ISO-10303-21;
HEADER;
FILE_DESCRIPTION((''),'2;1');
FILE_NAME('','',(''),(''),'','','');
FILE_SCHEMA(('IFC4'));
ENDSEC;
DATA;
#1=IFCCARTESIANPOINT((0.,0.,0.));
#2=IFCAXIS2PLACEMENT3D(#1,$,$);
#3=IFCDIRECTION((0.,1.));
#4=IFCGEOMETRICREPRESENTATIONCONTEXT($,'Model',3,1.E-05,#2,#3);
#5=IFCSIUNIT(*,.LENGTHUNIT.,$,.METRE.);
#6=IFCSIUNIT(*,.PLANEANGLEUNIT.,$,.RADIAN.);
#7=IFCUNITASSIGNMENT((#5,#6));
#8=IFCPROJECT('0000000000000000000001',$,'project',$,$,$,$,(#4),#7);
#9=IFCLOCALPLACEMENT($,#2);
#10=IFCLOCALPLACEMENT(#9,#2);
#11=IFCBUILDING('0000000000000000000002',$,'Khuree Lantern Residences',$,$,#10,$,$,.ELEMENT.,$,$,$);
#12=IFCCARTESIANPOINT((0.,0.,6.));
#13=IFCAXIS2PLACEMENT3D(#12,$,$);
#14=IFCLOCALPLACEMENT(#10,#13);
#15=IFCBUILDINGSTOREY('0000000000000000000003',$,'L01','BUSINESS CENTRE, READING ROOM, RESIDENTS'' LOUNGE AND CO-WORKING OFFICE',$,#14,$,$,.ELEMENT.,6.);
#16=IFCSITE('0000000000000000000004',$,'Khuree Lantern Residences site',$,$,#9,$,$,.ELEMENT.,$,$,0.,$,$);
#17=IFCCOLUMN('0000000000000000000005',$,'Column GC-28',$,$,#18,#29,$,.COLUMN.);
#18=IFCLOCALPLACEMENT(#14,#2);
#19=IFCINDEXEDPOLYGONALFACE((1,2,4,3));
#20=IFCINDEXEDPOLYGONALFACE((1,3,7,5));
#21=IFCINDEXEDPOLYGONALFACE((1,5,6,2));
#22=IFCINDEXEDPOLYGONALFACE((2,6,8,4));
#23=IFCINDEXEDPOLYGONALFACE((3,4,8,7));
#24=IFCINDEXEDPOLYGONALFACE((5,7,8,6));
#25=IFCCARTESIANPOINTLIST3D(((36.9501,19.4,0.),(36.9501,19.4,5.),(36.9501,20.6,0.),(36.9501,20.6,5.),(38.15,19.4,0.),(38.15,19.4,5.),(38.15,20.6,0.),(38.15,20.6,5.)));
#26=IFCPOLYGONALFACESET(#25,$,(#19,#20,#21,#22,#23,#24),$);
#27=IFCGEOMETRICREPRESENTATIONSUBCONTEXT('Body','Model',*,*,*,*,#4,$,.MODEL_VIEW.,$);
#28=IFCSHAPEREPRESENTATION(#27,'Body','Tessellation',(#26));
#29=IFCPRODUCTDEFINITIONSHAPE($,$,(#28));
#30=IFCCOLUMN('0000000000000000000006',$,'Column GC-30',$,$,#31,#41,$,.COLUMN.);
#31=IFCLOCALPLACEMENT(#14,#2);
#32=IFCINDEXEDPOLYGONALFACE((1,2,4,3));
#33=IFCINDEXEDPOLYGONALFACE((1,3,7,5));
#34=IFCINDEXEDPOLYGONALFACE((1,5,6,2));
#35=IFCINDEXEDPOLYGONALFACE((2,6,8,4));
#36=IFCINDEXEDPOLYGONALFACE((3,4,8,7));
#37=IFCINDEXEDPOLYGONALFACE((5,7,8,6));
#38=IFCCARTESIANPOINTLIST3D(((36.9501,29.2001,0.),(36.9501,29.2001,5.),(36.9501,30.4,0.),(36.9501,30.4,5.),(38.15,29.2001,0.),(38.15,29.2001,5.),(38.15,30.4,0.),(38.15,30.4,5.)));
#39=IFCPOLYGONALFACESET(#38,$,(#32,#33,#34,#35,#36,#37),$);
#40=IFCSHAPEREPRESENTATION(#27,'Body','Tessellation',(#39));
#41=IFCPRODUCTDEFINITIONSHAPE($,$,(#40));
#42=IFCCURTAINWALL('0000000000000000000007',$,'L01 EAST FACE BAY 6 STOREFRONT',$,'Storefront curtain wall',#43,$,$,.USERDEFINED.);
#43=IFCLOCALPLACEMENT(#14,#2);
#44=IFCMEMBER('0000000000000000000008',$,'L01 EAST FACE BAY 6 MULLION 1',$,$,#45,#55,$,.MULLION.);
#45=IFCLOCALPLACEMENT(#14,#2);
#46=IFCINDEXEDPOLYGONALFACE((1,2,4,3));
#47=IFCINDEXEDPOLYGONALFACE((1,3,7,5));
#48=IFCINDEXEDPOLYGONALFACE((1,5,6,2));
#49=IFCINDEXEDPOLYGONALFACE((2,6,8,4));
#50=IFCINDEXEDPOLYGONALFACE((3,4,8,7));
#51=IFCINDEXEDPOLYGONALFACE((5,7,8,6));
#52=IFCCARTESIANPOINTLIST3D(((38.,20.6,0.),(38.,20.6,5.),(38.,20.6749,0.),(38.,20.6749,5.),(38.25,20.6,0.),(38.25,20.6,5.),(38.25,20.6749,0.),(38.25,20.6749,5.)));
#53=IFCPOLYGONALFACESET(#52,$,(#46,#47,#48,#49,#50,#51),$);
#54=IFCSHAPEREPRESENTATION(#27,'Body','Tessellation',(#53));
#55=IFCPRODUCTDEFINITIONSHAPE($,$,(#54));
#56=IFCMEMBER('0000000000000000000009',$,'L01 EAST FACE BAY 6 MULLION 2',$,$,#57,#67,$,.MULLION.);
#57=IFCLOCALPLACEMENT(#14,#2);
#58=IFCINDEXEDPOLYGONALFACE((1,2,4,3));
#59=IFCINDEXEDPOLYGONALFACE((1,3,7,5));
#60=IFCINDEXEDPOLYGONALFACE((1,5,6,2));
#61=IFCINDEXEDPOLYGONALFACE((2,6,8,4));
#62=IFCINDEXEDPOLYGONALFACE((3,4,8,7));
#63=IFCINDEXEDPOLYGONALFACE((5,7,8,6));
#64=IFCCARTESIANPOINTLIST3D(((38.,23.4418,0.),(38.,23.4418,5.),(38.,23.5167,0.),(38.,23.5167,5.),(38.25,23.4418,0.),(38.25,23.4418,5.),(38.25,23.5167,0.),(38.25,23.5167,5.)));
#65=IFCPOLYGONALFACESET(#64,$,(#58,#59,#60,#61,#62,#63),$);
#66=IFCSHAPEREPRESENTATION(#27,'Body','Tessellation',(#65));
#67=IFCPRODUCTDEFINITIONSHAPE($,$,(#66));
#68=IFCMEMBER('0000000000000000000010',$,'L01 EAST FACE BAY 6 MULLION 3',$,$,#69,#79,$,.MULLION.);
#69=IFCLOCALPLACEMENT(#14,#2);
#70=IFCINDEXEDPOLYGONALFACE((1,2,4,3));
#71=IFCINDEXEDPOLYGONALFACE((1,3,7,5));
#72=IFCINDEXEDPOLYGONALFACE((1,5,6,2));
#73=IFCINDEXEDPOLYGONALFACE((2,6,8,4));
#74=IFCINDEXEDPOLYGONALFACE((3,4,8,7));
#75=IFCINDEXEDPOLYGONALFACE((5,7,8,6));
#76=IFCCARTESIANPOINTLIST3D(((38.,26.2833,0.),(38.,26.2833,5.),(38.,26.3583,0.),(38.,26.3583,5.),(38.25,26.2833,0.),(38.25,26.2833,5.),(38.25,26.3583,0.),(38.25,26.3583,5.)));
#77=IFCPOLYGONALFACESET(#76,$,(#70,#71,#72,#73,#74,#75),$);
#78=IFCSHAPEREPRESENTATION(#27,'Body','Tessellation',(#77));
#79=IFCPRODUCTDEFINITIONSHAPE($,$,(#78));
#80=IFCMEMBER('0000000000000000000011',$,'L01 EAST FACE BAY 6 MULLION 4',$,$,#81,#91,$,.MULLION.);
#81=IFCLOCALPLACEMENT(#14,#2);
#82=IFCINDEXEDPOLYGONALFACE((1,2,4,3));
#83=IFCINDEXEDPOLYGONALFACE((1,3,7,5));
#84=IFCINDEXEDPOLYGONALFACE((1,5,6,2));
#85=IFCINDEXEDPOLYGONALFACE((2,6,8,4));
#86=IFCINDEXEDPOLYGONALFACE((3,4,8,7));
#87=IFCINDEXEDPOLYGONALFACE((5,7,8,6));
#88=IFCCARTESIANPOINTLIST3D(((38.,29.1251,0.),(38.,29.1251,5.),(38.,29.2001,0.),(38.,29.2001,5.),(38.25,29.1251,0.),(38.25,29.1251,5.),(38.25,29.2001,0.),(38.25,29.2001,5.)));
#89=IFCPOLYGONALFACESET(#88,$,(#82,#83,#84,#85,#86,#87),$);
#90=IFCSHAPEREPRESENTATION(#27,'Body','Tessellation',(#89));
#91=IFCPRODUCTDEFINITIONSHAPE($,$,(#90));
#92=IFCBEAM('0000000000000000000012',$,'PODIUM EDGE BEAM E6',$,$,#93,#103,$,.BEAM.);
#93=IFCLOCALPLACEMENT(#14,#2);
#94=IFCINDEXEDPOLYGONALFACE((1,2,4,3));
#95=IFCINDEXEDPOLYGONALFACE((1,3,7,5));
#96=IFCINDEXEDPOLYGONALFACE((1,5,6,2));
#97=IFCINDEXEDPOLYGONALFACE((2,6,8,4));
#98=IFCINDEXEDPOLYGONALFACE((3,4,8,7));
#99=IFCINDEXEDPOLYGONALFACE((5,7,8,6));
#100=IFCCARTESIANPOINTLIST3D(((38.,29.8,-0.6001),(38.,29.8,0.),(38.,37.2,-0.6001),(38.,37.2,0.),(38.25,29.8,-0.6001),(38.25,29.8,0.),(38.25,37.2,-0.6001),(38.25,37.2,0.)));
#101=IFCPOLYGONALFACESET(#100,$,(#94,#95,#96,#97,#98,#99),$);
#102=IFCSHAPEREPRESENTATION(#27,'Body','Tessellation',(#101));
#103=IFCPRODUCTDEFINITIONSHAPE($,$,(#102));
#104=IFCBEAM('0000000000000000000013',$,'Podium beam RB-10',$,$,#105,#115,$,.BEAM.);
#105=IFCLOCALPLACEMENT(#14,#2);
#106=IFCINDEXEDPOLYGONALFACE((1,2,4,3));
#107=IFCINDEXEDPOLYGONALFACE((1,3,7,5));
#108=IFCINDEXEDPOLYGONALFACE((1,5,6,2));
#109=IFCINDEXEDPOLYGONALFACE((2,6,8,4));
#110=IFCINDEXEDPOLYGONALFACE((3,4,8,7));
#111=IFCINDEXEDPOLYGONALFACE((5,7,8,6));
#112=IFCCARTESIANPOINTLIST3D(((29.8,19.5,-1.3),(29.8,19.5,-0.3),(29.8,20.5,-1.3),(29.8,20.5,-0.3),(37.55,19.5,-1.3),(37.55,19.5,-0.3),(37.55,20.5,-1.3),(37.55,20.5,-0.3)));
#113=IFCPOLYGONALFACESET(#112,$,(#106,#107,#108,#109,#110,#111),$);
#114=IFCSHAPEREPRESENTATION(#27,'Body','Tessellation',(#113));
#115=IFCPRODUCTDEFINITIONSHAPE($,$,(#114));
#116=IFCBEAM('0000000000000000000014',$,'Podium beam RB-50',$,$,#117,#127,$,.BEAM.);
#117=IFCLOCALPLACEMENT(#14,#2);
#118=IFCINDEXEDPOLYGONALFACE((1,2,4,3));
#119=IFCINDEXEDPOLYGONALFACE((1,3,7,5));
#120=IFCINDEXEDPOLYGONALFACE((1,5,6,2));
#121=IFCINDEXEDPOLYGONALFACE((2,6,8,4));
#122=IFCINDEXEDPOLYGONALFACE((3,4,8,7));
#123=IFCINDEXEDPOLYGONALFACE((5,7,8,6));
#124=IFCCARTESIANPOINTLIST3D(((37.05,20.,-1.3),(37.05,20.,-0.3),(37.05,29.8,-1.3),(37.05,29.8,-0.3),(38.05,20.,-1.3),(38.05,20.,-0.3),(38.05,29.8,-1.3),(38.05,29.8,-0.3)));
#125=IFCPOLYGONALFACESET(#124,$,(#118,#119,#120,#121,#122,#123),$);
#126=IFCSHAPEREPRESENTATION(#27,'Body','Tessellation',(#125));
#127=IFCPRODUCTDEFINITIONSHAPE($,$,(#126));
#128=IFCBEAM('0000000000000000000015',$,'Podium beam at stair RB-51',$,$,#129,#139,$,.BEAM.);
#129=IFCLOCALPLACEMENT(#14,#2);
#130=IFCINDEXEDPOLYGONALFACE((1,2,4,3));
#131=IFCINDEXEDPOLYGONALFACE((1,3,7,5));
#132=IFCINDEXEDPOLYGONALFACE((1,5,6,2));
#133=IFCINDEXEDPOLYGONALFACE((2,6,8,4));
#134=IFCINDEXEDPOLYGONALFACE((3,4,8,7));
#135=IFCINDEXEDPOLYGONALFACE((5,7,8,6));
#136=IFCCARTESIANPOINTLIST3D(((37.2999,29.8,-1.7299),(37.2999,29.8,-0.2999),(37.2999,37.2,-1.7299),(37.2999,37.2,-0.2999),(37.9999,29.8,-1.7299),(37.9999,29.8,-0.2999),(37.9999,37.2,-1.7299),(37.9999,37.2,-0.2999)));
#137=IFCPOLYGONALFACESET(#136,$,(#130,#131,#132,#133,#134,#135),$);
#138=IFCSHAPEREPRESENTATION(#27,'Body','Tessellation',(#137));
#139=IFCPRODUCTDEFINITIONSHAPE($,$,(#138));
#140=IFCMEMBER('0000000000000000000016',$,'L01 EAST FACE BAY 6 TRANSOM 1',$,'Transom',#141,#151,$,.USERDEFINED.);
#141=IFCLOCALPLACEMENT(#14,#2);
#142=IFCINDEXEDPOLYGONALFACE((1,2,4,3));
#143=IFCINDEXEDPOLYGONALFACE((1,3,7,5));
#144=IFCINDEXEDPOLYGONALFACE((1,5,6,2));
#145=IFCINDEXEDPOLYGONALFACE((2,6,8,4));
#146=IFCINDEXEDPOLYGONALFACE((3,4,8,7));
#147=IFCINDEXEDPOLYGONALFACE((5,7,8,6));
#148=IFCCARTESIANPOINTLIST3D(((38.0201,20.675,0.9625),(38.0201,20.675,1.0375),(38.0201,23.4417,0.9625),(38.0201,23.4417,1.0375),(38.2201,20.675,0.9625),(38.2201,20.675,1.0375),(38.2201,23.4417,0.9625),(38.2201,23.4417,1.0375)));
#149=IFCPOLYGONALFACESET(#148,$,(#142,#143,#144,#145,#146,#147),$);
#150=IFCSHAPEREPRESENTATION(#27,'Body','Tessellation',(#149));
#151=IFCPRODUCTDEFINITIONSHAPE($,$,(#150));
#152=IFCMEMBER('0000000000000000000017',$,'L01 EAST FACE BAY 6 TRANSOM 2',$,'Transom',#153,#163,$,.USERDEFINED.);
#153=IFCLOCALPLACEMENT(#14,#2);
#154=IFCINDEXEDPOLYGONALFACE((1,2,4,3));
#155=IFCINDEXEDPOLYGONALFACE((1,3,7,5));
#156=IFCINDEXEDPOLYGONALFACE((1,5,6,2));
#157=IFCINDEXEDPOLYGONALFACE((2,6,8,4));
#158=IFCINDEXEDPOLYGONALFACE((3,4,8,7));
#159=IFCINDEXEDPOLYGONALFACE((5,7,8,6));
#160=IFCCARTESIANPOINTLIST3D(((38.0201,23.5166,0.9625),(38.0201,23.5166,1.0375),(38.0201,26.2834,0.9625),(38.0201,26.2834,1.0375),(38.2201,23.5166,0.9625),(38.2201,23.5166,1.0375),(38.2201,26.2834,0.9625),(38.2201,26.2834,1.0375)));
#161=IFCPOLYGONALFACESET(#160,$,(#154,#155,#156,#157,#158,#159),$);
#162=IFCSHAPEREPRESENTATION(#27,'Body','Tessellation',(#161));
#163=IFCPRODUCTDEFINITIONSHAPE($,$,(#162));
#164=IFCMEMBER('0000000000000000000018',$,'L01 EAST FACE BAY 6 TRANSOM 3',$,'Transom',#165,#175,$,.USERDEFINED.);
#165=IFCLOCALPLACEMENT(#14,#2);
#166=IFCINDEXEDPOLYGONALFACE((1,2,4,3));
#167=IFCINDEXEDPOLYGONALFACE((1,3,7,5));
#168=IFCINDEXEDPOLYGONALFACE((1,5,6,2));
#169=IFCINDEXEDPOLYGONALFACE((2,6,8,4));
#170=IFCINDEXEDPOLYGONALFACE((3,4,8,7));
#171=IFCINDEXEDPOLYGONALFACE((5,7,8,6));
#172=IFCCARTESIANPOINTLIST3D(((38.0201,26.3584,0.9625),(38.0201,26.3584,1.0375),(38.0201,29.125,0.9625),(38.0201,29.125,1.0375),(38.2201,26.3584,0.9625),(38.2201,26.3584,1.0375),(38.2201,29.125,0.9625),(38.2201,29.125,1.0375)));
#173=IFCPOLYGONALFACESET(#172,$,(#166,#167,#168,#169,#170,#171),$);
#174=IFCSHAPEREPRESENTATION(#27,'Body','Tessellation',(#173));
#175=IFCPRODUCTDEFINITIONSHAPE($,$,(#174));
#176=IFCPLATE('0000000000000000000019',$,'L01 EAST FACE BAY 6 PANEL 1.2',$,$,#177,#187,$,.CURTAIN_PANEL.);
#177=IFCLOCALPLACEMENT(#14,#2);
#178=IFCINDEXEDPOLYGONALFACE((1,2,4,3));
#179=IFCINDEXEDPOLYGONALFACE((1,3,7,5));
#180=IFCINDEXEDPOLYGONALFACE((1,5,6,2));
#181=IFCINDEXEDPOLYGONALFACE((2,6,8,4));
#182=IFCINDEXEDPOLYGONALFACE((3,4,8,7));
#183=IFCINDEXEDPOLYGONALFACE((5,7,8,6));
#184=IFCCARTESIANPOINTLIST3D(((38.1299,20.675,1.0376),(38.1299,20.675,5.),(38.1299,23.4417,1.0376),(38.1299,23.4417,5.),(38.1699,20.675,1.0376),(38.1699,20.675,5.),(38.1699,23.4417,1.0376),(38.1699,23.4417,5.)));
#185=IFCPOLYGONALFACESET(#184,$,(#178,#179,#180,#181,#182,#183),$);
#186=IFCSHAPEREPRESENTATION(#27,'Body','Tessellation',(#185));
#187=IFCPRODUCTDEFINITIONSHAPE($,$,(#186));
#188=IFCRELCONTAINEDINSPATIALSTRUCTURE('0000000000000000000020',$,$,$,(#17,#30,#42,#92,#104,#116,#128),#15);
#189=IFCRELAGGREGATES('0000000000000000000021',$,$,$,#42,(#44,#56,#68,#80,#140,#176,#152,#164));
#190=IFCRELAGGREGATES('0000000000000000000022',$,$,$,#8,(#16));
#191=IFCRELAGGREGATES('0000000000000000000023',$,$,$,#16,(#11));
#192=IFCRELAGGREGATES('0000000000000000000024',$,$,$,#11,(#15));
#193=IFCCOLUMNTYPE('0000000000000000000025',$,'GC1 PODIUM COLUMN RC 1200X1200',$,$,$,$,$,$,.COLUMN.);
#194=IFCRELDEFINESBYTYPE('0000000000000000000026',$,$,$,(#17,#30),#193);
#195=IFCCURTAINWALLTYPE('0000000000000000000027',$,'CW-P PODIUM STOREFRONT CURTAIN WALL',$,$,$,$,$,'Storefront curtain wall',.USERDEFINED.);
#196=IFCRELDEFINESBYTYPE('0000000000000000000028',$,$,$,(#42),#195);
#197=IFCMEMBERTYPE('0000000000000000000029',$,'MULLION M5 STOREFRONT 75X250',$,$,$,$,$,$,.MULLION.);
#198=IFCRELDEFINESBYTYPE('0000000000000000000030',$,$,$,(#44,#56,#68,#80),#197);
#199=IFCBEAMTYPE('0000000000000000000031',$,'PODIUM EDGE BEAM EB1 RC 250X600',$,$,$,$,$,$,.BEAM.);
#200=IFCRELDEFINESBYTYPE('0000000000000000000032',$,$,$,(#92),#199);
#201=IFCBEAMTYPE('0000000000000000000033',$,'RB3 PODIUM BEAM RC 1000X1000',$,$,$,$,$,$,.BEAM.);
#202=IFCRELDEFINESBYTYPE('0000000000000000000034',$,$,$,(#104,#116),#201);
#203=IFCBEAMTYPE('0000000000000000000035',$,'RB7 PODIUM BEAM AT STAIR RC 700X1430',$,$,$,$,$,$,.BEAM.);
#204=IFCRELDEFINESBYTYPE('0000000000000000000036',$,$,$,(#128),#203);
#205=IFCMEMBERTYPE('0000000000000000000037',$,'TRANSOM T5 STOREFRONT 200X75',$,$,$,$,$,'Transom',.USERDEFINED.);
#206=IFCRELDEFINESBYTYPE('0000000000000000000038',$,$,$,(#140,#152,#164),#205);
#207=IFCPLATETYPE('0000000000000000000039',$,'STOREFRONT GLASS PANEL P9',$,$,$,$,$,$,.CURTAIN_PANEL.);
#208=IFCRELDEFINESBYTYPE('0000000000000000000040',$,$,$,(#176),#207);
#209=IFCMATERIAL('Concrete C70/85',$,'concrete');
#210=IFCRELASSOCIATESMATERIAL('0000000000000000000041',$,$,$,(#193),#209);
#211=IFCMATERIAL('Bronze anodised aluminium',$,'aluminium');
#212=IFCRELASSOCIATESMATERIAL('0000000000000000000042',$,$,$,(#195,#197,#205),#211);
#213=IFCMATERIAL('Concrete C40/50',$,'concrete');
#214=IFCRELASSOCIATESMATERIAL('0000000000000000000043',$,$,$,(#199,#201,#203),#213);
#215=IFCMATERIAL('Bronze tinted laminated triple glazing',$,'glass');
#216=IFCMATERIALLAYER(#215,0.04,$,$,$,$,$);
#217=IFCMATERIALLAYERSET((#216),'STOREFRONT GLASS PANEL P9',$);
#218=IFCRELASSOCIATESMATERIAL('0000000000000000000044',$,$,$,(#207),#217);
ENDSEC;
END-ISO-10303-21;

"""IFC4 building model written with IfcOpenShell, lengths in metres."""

from ifc_helpers import new_model, si_unit, direction, frame, origin, origin_2d, place, context, subcontext, project, spatial, rectangle, extrude, material, layer, layer_set, material_profile, profile_set, type_object, element, aggregate, save


model = new_model("IFC4")

# Units and contexts
model_context = context("Model", 3, precision=1e-05, world=origin(), true_north=direction((0.0, 1.0)))
body_context = subcontext(model_context, "Body", "Model", "MODEL_VIEW")
ifc_project = project(units=[si_unit("LENGTHUNIT", "METRE"), si_unit("PLANEANGLEUNIT", "RADIAN")], contexts=[model_context])

# Site, building, storey
site_placement = place(None, origin())
site = spatial("IfcSite", under=ifc_project, at=site_placement, Name="Khuree Lantern Residences site", CompositionType="ELEMENT", RefElevation=0.0)
building_placement = place(site_placement, origin())
building = spatial("IfcBuilding", under=site, at=building_placement, Name="Khuree Lantern Residences", CompositionType="ELEMENT")
storey_placement = place(building_placement, frame((0.0, 0.0, 6.0)))
storey = spatial("IfcBuildingStorey", under=building, at=storey_placement, Name="L01", Description="BUSINESS CENTRE, READING ROOM, RESIDENTS' LOUNGE AND CO-WORKING OFFICE", CompositionType="ELEMENT", Elevation=6.0)

# Columns
ifc_material_1 = material(Name="Concrete C70/85", Category="concrete")
ifc_material_profile_1 = material_profile(ifc_material_1, rectangle(XDim=1.2, YDim=1.2, at=origin_2d()), Name="RC 1200X1200")
ifc_profile_set_1 = profile_set([ifc_material_profile_1], Name="Concrete C70/85")
column_type = type_object("IfcColumnType", Name="GC1 PODIUM COLUMN RC 1200X1200", PredefinedType="COLUMN", material=ifc_profile_set_1)
for number, where, z_axis, x_axis, name in (
    (1, (37.55, 20.0, 0.0), (0.0, 0.0, 1.0), (1.0, 0.0, 0.0), "Column GC-28"),
    (2, (37.55, 29.8, 0.0), (0.0, 0.0, 1.0), (1.0, 0.0, 0.0), "Column GC-30"),
):
    element("IfcColumn", number, at=place(storey_placement, frame(where, z_axis=z_axis, x_axis=x_axis)), inside=storey, type_object=column_type, Name=name, PredefinedType="COLUMN", context=body_context, shape_type="SweptSolid", body=[
        extrude(rectangle(XDim=1.2, YDim=1.2, at=origin_2d()), origin(), (0.0, 0.0, 1.0), 5.0),
    ])

# Curtain wall, members
ifc_material_2 = material(Name="Bronze anodised aluminium", Category="aluminium")
curtain_wall_type = type_object("IfcCurtainWallType", Name="CW-P PODIUM STOREFRONT CURTAIN WALL", ElementType="Storefront curtain wall", PredefinedType="USERDEFINED", material=ifc_material_2)
curtain_wall_placement = place(storey_placement, origin())
curtain_wall = element("IfcCurtainWall", 3, at=curtain_wall_placement, inside=storey, type_object=curtain_wall_type, Name="L01 EAST FACE BAY 6 STOREFRONT", ObjectType="Storefront curtain wall", PredefinedType="USERDEFINED")
ifc_material_profile_2 = material_profile(ifc_material_2, rectangle(XDim=0.075, YDim=0.25, at=origin_2d()), Name="M5 75X250")
ifc_profile_set_2 = profile_set([ifc_material_profile_2], Name="Bronze anodised aluminium")
member_type_1 = type_object("IfcMemberType", Name="MULLION M5 STOREFRONT 75X250", PredefinedType="MULLION", material=ifc_profile_set_2)
member_1_placement = place(storey_placement, frame((38.125, 20.6375, 0.0), z_axis=(0.0, 0.0, 1.0), x_axis=(0.0, 1.0, 0.0)))
member_1 = element("IfcMember", 4, at=member_1_placement, type_object=member_type_1, Name="L01 EAST FACE BAY 6 MULLION 1", PredefinedType="MULLION", context=body_context, shape_type="SweptSolid", body=[
    extrude(rectangle(XDim=0.075, YDim=0.25, at=origin_2d()), origin(), (0.0, 0.0, 1.0), 5.0),
])
member_2_placement = place(storey_placement, frame((38.125, 23.4792, 0.0), z_axis=(0.0, 0.0, 1.0), x_axis=(0.0, 1.0, 0.0)))
member_2 = element("IfcMember", 5, at=member_2_placement, type_object=member_type_1, Name="L01 EAST FACE BAY 6 MULLION 2", PredefinedType="MULLION", context=body_context, shape_type="SweptSolid", body=[
    extrude(rectangle(XDim=0.075, YDim=0.25, at=origin_2d()), origin(), (0.0, 0.0, 1.0), 5.0),
])
member_3_placement = place(storey_placement, frame((38.125, 26.3208, 0.0), z_axis=(0.0, 0.0, 1.0), x_axis=(0.0, 1.0, 0.0)))
member_3 = element("IfcMember", 6, at=member_3_placement, type_object=member_type_1, Name="L01 EAST FACE BAY 6 MULLION 3", PredefinedType="MULLION", context=body_context, shape_type="SweptSolid", body=[
    extrude(rectangle(XDim=0.075, YDim=0.25, at=origin_2d()), origin(), (0.0, 0.0, 1.0), 5.0),
])
member_4_placement = place(storey_placement, frame((38.125, 29.1626, 0.0), z_axis=(0.0, 0.0, 1.0), x_axis=(0.0, 1.0, 0.0)))
member_4 = element("IfcMember", 7, at=member_4_placement, type_object=member_type_1, Name="L01 EAST FACE BAY 6 MULLION 4", PredefinedType="MULLION", context=body_context, shape_type="SweptSolid", body=[
    extrude(rectangle(XDim=0.075, YDim=0.25, at=origin_2d()), origin(), (0.0, 0.0, 1.0), 5.0),
])

# Beams
ifc_material_3 = material(Name="Concrete C40/50", Category="concrete")
ifc_material_profile_3 = material_profile(ifc_material_3, rectangle(XDim=0.25, YDim=0.6001, at=origin_2d()), Name="RC 250X600")
ifc_profile_set_3 = profile_set([ifc_material_profile_3], Name="Concrete C40/50")
beam_type_1 = type_object("IfcBeamType", Name="PODIUM EDGE BEAM EB1 RC 250X600", PredefinedType="BEAM", material=ifc_profile_set_3)
beam_1_placement = place(storey_placement, frame((38.125, 29.8, -0.3), z_axis=(0.0, 1.0, 0.0), x_axis=(-1.0, 0.0, 0.0)))
element("IfcBeam", 8, at=beam_1_placement, inside=storey, type_object=beam_type_1, Name="PODIUM EDGE BEAM E6", PredefinedType="BEAM", context=body_context, shape_type="SweptSolid", body=[
    extrude(rectangle(XDim=0.25, YDim=0.6001, at=origin_2d()), origin(), (0.0, 0.0, 1.0), 7.3999),
])
ifc_material_profile_4 = material_profile(ifc_material_3, rectangle(XDim=1.0, YDim=1.0, at=origin_2d()), Name="RC 1000X1000")
ifc_profile_set_4 = profile_set([ifc_material_profile_4], Name="Concrete C40/50")
beam_type_2 = type_object("IfcBeamType", Name="RB3 PODIUM BEAM RC 1000X1000", PredefinedType="BEAM", material=ifc_profile_set_4)
beam_2_placement = place(storey_placement, frame((29.8, 20.0, -0.8), z_axis=(1.0, 0.0, 0.0), x_axis=(0.0, 1.0, 0.0)))
element("IfcBeam", 9, at=beam_2_placement, inside=storey, type_object=beam_type_2, Name="Podium beam RB-10", PredefinedType="BEAM", context=body_context, shape_type="SweptSolid", body=[
    extrude(rectangle(XDim=1.0, YDim=1.0, at=origin_2d()), origin(), (0.0, 0.0, 1.0), 7.75),
])
beam_3_placement = place(storey_placement, frame((37.55, 20.0, -0.8), z_axis=(0.0, 1.0, 0.0), x_axis=(-1.0, 0.0, 0.0)))
element("IfcBeam", 10, at=beam_3_placement, inside=storey, type_object=beam_type_2, Name="Podium beam RB-50", PredefinedType="BEAM", context=body_context, shape_type="SweptSolid", body=[
    extrude(rectangle(XDim=1.0, YDim=1.0, at=origin_2d()), origin(), (0.0, 0.0, 1.0), 9.8),
])
ifc_material_profile_5 = material_profile(ifc_material_3, rectangle(XDim=0.7, YDim=1.4299, at=origin_2d()), Name="RC 700X1430")
ifc_profile_set_5 = profile_set([ifc_material_profile_5], Name="Concrete C40/50")
beam_type_3 = type_object("IfcBeamType", Name="RB7 PODIUM BEAM AT STAIR RC 700X1430", PredefinedType="BEAM", material=ifc_profile_set_5)
beam_4_placement = place(storey_placement, frame((37.6499, 29.8, -1.0149), z_axis=(0.0, 1.0, 0.0), x_axis=(-1.0, 0.0, 0.0)))
element("IfcBeam", 11, at=beam_4_placement, inside=storey, type_object=beam_type_3, Name="Podium beam at stair RB-51", PredefinedType="BEAM", context=body_context, shape_type="SweptSolid", body=[
    extrude(rectangle(XDim=0.7, YDim=1.4299, at=origin_2d()), origin(), (0.0, 0.0, 1.0), 7.3999),
])

# Members
ifc_material_profile_6 = material_profile(ifc_material_2, rectangle(XDim=0.2, YDim=0.075, at=origin_2d()), Name="T5 200X75")
ifc_profile_set_6 = profile_set([ifc_material_profile_6], Name="Bronze anodised aluminium")
member_type_2 = type_object("IfcMemberType", Name="TRANSOM T5 STOREFRONT 200X75", ElementType="Transom", PredefinedType="USERDEFINED", material=ifc_profile_set_6)
member_5_placement = place(storey_placement, frame((38.1201, 20.675, 1.0), z_axis=(0.0, 1.0, 0.0), x_axis=(-1.0, 0.0, 0.0)))
member_5 = element("IfcMember", 12, at=member_5_placement, type_object=member_type_2, Name="L01 EAST FACE BAY 6 TRANSOM 1", ObjectType="Transom", PredefinedType="USERDEFINED", context=body_context, shape_type="SweptSolid", body=[
    extrude(rectangle(XDim=0.2, YDim=0.075, at=origin_2d()), origin(), (0.0, 0.0, 1.0), 2.7666),
])
member_6_placement = place(storey_placement, frame((38.1201, 23.5166, 1.0), z_axis=(0.0, 1.0, 0.0), x_axis=(-1.0, 0.0, 0.0)))
member_6 = element("IfcMember", 13, at=member_6_placement, type_object=member_type_2, Name="L01 EAST FACE BAY 6 TRANSOM 2", ObjectType="Transom", PredefinedType="USERDEFINED", context=body_context, shape_type="SweptSolid", body=[
    extrude(rectangle(XDim=0.2, YDim=0.075, at=origin_2d()), origin(), (0.0, 0.0, 1.0), 2.7668),
])
member_7_placement = place(storey_placement, frame((38.1201, 26.3584, 1.0), z_axis=(0.0, 1.0, 0.0), x_axis=(-1.0, 0.0, 0.0)))
member_7 = element("IfcMember", 14, at=member_7_placement, type_object=member_type_2, Name="L01 EAST FACE BAY 6 TRANSOM 3", ObjectType="Transom", PredefinedType="USERDEFINED", context=body_context, shape_type="SweptSolid", body=[
    extrude(rectangle(XDim=0.2, YDim=0.075, at=origin_2d()), origin(), (0.0, 0.0, 1.0), 2.7666),
])

# Plate
ifc_material_4 = material(Name="Bronze tinted laminated triple glazing", Category="glass")
ifc_layer_1 = layer(ifc_material_4, 0.04)
ifc_layer_set_1 = layer_set([ifc_layer_1], Name="STOREFRONT GLASS PANEL P9")
plate_type_1 = type_object("IfcPlateType", Name="STOREFRONT GLASS PANEL P9", PredefinedType="CURTAIN_PANEL", material=ifc_layer_set_1)
plate_1_placement = place(storey_placement, frame((38.1499, 22.0583, 1.0376), z_axis=(0.0, 0.0, 1.0), x_axis=(0.0, 1.0, 0.0)))
plate_1 = element("IfcPlate", 15, at=plate_1_placement, type_object=plate_type_1, Name="L01 EAST FACE BAY 6 PANEL 1.2", PredefinedType="CURTAIN_PANEL", context=body_context, shape_type="SweptSolid", body=[
    extrude(rectangle(XDim=2.7666, YDim=0.04, at=origin_2d()), origin(), (0.0, 0.0, 1.0), 3.9624),
])
aggregate(curtain_wall, [member_1, member_2, member_3, member_4, member_5, plate_1, member_6, member_7])

save(model, "model.ifc")
